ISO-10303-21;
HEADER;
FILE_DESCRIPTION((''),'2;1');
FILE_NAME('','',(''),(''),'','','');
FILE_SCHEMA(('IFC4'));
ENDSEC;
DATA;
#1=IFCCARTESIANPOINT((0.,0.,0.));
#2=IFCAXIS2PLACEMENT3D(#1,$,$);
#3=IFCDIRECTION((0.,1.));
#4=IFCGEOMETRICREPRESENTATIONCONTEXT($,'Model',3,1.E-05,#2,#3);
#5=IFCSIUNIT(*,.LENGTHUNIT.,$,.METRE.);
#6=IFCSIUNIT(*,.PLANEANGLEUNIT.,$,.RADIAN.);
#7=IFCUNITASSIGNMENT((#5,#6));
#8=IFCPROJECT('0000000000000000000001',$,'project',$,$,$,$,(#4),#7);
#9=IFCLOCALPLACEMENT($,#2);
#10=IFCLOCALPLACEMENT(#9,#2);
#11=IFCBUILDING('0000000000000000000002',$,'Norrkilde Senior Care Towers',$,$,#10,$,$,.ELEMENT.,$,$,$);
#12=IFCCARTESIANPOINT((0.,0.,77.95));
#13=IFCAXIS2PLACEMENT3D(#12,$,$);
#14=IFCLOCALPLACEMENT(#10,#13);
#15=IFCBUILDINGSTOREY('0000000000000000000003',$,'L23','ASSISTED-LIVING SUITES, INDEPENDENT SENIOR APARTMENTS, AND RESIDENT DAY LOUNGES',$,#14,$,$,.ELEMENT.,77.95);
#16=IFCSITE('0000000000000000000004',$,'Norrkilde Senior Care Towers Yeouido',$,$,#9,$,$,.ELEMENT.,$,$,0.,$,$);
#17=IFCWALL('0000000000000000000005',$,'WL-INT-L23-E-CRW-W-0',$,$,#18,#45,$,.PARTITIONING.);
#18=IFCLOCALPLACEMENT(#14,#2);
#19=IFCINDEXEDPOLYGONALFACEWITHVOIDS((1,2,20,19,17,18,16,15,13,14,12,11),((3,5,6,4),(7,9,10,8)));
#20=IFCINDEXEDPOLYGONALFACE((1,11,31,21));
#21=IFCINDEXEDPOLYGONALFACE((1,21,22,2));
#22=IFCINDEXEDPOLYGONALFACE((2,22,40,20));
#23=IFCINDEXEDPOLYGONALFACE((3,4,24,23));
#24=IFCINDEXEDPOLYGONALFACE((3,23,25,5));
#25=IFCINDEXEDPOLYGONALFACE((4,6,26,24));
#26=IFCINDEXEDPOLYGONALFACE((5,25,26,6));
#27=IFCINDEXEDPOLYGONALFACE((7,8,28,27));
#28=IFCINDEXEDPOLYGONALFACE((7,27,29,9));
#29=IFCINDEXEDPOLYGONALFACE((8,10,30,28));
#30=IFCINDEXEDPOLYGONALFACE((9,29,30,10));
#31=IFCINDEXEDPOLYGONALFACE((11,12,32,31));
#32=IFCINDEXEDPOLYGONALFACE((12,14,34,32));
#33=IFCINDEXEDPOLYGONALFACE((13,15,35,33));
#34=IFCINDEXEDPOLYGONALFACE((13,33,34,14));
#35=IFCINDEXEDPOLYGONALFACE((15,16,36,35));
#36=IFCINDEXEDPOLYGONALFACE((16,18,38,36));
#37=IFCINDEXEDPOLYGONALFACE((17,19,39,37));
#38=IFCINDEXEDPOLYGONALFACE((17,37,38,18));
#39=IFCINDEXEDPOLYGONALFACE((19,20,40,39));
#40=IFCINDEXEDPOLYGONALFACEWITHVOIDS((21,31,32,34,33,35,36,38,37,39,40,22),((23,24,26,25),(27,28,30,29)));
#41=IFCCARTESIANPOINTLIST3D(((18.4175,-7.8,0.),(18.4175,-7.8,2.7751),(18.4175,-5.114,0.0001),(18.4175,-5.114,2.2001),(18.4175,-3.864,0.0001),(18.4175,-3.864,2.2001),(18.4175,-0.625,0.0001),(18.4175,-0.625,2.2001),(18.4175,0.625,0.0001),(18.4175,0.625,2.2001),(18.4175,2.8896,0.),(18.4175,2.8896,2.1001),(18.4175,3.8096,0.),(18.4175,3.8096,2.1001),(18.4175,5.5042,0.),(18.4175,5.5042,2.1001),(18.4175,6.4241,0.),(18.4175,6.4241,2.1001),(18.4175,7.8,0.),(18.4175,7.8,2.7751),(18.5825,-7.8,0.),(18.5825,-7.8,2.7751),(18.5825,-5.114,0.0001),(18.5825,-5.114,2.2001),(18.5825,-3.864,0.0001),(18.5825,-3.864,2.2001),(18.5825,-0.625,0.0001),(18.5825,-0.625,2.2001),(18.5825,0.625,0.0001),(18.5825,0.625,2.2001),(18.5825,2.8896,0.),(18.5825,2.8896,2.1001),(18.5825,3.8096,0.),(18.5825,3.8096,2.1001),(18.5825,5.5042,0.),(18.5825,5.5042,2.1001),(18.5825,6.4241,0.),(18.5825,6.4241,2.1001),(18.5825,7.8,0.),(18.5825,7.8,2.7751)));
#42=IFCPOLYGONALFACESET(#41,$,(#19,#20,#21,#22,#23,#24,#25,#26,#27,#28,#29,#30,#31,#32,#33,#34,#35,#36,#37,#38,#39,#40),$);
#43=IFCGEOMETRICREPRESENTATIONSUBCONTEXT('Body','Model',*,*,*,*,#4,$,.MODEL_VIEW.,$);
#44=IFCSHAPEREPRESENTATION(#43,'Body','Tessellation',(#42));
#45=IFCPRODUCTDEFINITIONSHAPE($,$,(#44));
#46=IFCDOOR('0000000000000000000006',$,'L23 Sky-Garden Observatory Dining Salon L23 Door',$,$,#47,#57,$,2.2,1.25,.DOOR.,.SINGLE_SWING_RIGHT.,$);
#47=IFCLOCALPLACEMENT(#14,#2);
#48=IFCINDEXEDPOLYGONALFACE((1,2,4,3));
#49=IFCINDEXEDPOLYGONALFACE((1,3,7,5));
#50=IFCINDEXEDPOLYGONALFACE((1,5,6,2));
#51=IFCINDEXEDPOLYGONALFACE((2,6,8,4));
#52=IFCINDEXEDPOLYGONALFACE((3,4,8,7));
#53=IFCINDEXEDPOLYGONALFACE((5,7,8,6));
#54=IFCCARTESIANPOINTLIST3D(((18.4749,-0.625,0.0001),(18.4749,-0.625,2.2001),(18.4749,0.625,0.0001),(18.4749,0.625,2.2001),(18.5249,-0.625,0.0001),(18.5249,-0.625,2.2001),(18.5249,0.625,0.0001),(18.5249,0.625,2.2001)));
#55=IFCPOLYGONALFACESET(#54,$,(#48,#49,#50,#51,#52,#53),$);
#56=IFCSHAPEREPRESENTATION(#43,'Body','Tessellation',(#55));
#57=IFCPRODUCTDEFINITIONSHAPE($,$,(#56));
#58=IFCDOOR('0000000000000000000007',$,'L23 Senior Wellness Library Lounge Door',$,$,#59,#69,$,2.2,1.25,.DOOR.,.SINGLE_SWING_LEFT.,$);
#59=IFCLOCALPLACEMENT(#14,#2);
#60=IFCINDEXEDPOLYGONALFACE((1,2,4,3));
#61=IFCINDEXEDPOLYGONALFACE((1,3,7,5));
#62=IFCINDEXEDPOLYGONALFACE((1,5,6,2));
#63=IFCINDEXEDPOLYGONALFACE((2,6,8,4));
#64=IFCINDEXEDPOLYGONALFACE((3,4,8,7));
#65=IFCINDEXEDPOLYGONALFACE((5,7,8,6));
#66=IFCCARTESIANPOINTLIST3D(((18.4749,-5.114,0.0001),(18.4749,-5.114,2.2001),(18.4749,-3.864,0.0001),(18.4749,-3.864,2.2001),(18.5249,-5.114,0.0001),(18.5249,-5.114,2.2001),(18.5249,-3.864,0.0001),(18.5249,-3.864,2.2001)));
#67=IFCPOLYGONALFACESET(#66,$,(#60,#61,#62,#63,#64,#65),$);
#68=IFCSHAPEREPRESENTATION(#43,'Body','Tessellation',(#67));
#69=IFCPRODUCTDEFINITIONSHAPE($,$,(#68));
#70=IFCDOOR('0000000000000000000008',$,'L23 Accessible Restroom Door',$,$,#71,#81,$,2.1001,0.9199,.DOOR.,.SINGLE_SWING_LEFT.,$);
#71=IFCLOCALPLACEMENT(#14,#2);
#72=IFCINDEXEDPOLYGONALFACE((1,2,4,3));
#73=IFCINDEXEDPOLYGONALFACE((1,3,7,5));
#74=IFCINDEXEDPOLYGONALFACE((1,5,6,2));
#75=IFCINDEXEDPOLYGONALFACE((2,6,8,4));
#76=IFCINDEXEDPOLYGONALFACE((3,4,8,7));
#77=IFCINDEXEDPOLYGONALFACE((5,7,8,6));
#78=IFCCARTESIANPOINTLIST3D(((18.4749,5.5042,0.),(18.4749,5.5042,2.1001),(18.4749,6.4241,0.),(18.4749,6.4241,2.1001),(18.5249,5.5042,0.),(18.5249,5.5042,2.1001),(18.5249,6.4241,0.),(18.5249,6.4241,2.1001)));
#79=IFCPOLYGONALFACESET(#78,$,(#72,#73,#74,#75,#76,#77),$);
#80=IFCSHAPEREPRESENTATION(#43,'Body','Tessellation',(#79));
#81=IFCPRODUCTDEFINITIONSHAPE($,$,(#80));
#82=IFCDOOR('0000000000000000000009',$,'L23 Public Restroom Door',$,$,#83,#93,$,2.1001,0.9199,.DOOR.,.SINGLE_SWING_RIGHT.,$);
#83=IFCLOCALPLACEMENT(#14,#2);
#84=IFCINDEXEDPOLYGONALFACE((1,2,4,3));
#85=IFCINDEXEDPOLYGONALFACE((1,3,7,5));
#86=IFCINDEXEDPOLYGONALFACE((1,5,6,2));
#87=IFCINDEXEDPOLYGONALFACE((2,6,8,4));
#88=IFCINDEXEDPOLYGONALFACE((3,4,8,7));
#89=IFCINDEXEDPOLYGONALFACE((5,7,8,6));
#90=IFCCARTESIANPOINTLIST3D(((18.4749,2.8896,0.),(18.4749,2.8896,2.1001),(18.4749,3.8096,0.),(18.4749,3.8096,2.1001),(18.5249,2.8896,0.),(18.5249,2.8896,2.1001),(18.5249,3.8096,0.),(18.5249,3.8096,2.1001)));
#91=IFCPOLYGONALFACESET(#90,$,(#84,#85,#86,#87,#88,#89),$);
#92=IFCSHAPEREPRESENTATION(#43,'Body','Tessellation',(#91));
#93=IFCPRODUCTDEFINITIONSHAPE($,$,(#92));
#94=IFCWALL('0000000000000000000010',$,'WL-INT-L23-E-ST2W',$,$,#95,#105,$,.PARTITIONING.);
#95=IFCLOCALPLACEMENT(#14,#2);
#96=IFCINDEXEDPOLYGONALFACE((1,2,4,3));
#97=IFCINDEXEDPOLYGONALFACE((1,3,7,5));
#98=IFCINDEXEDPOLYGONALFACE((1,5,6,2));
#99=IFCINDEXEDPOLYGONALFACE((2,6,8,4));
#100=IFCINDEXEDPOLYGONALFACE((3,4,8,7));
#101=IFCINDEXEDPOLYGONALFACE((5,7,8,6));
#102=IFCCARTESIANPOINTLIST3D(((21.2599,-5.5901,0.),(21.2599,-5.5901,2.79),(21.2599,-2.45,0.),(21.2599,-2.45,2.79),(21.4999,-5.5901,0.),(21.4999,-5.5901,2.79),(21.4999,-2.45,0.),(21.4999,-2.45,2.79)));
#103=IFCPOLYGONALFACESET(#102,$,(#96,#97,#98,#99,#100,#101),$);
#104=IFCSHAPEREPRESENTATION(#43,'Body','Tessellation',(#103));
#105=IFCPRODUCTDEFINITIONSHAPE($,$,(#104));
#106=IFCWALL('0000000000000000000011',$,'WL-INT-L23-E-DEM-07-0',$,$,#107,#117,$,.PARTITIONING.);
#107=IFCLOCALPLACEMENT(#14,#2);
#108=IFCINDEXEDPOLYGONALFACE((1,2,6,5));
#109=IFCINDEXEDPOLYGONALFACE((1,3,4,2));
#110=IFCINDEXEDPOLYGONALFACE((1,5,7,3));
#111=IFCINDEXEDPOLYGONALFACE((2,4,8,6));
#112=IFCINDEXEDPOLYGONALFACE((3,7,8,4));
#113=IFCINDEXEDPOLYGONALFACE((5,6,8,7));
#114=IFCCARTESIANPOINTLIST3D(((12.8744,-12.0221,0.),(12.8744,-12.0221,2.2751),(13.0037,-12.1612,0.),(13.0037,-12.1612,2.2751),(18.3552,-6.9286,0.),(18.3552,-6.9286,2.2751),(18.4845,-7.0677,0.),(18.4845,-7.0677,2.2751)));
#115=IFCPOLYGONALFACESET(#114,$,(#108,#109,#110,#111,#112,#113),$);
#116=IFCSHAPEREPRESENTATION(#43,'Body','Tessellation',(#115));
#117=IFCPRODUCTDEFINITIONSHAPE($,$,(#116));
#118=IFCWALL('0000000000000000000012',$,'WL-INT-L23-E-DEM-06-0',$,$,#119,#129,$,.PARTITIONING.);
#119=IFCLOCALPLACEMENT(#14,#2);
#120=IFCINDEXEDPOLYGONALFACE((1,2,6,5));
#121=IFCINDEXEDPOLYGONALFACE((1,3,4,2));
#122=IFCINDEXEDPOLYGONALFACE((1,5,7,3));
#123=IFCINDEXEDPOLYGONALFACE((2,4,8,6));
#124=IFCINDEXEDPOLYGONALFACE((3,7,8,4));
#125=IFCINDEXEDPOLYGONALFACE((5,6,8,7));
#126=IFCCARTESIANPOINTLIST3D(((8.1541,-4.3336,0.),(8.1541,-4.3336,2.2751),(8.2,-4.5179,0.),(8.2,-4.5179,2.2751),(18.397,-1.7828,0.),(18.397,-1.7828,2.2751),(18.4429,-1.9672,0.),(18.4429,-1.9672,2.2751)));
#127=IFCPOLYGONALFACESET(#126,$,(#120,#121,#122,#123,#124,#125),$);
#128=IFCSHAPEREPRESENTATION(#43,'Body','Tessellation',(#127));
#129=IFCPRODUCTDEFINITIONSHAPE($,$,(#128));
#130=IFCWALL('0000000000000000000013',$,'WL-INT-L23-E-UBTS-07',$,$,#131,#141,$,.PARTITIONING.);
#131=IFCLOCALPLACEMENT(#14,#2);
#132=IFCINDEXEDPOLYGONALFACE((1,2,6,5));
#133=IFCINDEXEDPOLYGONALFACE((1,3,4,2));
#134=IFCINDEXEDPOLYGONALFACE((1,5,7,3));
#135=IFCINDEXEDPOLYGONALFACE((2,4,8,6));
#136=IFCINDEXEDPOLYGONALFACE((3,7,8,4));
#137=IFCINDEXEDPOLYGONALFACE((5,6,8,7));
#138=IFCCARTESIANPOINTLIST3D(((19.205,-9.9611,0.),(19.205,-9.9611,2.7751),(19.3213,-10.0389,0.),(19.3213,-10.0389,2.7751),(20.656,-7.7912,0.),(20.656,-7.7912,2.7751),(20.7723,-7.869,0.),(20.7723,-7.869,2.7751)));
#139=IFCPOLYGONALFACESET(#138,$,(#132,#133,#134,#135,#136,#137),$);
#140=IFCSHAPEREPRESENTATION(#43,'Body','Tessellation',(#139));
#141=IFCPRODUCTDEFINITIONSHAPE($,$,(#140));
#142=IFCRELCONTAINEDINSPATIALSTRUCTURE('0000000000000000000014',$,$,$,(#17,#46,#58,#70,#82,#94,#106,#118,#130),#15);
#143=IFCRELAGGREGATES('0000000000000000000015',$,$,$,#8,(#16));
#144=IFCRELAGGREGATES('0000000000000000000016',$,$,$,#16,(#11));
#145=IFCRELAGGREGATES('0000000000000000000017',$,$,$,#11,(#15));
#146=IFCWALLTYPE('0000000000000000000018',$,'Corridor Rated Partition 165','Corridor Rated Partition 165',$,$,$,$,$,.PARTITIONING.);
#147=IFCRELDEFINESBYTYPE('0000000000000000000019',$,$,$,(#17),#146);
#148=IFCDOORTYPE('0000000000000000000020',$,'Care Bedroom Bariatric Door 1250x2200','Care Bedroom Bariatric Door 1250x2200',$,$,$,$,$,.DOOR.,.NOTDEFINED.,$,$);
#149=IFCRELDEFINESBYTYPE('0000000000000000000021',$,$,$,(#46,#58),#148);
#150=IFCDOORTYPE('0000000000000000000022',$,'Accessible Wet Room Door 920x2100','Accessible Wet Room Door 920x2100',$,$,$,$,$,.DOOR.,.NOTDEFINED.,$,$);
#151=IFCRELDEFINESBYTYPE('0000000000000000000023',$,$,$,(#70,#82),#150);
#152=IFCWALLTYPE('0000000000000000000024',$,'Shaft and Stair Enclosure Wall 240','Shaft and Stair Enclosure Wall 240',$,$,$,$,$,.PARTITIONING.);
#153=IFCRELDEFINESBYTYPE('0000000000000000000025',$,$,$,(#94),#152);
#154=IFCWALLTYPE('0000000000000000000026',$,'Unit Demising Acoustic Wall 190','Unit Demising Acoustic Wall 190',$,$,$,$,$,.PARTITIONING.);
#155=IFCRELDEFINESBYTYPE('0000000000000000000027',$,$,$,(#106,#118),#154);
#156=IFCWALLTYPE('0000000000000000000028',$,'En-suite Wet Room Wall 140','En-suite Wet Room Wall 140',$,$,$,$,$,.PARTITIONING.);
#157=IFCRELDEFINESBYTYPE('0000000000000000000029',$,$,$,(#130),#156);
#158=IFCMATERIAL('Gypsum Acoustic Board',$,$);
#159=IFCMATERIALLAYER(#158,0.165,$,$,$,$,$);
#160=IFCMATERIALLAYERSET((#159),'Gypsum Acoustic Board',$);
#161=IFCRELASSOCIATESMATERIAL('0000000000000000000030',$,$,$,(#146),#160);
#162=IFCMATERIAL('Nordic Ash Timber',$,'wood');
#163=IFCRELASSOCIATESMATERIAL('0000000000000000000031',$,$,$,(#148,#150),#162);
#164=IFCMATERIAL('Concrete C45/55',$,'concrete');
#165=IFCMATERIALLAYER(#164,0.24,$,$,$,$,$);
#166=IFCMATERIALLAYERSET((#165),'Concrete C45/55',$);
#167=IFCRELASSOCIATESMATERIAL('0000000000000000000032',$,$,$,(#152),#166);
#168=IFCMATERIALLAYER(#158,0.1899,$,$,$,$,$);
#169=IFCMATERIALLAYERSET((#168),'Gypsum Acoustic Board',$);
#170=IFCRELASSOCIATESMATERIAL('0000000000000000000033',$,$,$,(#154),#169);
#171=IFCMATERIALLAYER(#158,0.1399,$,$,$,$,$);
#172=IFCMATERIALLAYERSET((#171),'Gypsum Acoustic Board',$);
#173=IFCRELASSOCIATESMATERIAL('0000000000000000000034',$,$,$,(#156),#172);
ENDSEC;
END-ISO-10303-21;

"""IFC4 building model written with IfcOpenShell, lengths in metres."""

from ifc_helpers import new_model, si_unit, direction, frame, frame_2d, origin, place, context, subcontext, project, spatial, rectangle, extrude, source, transform, mapped, material, layer, layer_set, type_object, type_shapes, element, fill, save


model = new_model("IFC4")

# Units and contexts
model_context = context("Model", 3, precision=1e-05, world=origin(), true_north=direction((0.0, 1.0)))
body_context = subcontext(model_context, "Body", "Model", "MODEL_VIEW")
ifc_project = project(units=[si_unit("LENGTHUNIT", "METRE"), si_unit("PLANEANGLEUNIT", "RADIAN")], contexts=[model_context])

# Site, building, storey
site_placement = place(None, origin())
site = spatial("IfcSite", under=ifc_project, at=site_placement, Name="Norrkilde Senior Care Towers Yeouido", CompositionType="ELEMENT", RefElevation=0.0)
building_placement = place(site_placement, origin())
building = spatial("IfcBuilding", under=site, at=building_placement, Name="Norrkilde Senior Care Towers", CompositionType="ELEMENT")
storey_placement = place(building_placement, frame((0.0, 0.0, 77.95)))
storey = spatial("IfcBuildingStorey", under=building, at=storey_placement, Name="L23", Description="ASSISTED-LIVING SUITES, INDEPENDENT SENIOR APARTMENTS, AND RESIDENT DAY LOUNGES", CompositionType="ELEMENT", Elevation=77.95)

# Wall, openings, doors
ifc_material_1 = material(Name="Concrete C45/55", Category="concrete")
ifc_material_2 = material(Name="Gypsum Acoustic Board")
ifc_layer_1 = layer(ifc_material_2, 0.165)
ifc_layer_set_1 = layer_set([ifc_layer_1], Name="Gypsum Acoustic Board")
wall_type_1 = type_object("IfcWallType", Name="Corridor Rated Partition 165", Description="Corridor Rated Partition 165", PredefinedType="PARTITIONING", material=ifc_layer_set_1)
shared_shape_1 = source(origin(), body_context, "Body", "SweptSolid", [
    extrude(rectangle(XDim=15.6001, YDim=0.165, at=frame_2d((7.8, 0.0))), origin(), (0.0, 0.0, 1.0), 2.7751),
])
type_shapes(wall_type_1, [shared_shape_1])
wall_1_placement = place(storey_placement, frame((18.5, -7.8, 0.0), z_axis=(0.0, 0.0, 1.0), x_axis=(0.0, 1.0, 0.0)))
wall_1 = element("IfcWall", 1, at=wall_1_placement, inside=storey, type_object=wall_type_1, Name="WL-INT-L23-E-CRW-W-0", PredefinedType="PARTITIONING", context=body_context, shape_type="MappedRepresentation", body=[
    mapped(shared_shape_1, transform((0.0, 0.0, 0.0), x_axis=(1.0, 0.0, 0.0), y_axis=(0.0, 1.0, 0.0), z_axis=(0.0, 0.0, 1.0), scale=1.0)),
])
opening_1_placement = place(wall_1_placement, frame((13.3042, 0.0, 0.0)))
opening_1 = element("IfcOpeningElement", 2, at=opening_1_placement, cuts=wall_1, PredefinedType="OPENING", context=body_context, shape_type="SweptSolid", body=[
    extrude(rectangle(XDim=0.9199, YDim=2.1001, at=frame_2d((0.46, 1.05))), frame((0.0, 0.0925, 0.0), z_axis=(0.0, -1.0, 0.0), x_axis=(1.0, 0.0, 0.0)), (0.0, 0.0, 1.0), 0.1851),
])
opening_2_placement = place(wall_1_placement, frame((10.6897, 0.0, 0.0)))
opening_2 = element("IfcOpeningElement", 3, at=opening_2_placement, cuts=wall_1, PredefinedType="OPENING", context=body_context, shape_type="SweptSolid", body=[
    extrude(rectangle(XDim=0.9199, YDim=2.1001, at=frame_2d((0.46, 1.05))), frame((0.0, 0.0925, 0.0), z_axis=(0.0, -1.0, 0.0), x_axis=(1.0, 0.0, 0.0)), (0.0, 0.0, 1.0), 0.1851),
])
opening_3_placement = place(wall_1_placement, frame((7.175, 0.0, 0.0)))
opening_3 = element("IfcOpeningElement", 4, at=opening_3_placement, cuts=wall_1, PredefinedType="OPENING", context=body_context, shape_type="SweptSolid", body=[
    extrude(rectangle(XDim=1.25, YDim=2.2, at=frame_2d((0.625, 1.1001))), frame((0.0, 0.0925, 0.0), z_axis=(0.0, -1.0, 0.0), x_axis=(1.0, 0.0, 0.0)), (0.0, 0.0, 1.0), 0.1851),
])
opening_4_placement = place(wall_1_placement, frame((2.686, 0.0, 0.0)))
opening_4 = element("IfcOpeningElement", 5, at=opening_4_placement, cuts=wall_1, PredefinedType="OPENING", context=body_context, shape_type="SweptSolid", body=[
    extrude(rectangle(XDim=1.25, YDim=2.2, at=frame_2d((0.625, 1.1001))), frame((0.0, 0.0925, 0.0), z_axis=(0.0, -1.0, 0.0), x_axis=(1.0, 0.0, 0.0)), (0.0, 0.0, 1.0), 0.1851),
])
ifc_material_3 = material(Name="Nordic Ash Timber", Category="wood")
door_type_1 = type_object("IfcDoorType", Name="Care Bedroom Bariatric Door 1250x2200", Description="Care Bedroom Bariatric Door 1250x2200", OperationType="NOTDEFINED", PredefinedType="DOOR", material=ifc_material_3)
shared_shape_2 = source(origin(), body_context, "Body", "SweptSolid", [
    extrude(rectangle(XDim=1.25, YDim=2.2, at=frame_2d((0.625, 1.1001))), frame((0.0, 0.0249, 0.0), z_axis=(0.0, -1.0, 0.0), x_axis=(1.0, 0.0, 0.0)), (0.0, 0.0, 1.0), 0.05),
])
type_shapes(door_type_1, [shared_shape_2])
door_1_placement = place(opening_3_placement, frame((1.25, 0.0, 0.0), z_axis=(0.0, 0.0, 1.0), x_axis=(-1.0, 0.0, 0.0)))
door_1 = element("IfcDoor", 6, at=door_1_placement, inside=storey, type_object=door_type_1, Name="L23 Sky-Garden Observatory Dining Salon L23 Door", OperationType="SINGLE_SWING_RIGHT", OverallHeight=2.2, OverallWidth=1.25, PredefinedType="DOOR", context=body_context, shape_type="MappedRepresentation", body=[
    mapped(shared_shape_2, transform((0.0, 0.0, 0.0), x_axis=(1.0, 0.0, 0.0), y_axis=(0.0, 1.0, 0.0), z_axis=(0.0, 0.0, 1.0), scale=1.0)),
])
fill(opening_3, door_1)
door_2_placement = place(opening_4_placement, frame((1.25, 0.0, 0.0), z_axis=(0.0, 0.0, 1.0), x_axis=(-1.0, 0.0, 0.0)))
door_2 = element("IfcDoor", 7, at=door_2_placement, inside=storey, type_object=door_type_1, Name="L23 Senior Wellness Library Lounge Door", OperationType="SINGLE_SWING_LEFT", OverallHeight=2.2, OverallWidth=1.25, PredefinedType="DOOR", context=body_context, shape_type="MappedRepresentation", body=[
    mapped(shared_shape_2, transform((0.0, 0.0, 0.0), x_axis=(1.0, 0.0, 0.0), y_axis=(0.0, 1.0, 0.0), z_axis=(0.0, 0.0, 1.0), scale=1.0)),
])
fill(opening_4, door_2)
door_type_2 = type_object("IfcDoorType", Name="Accessible Wet Room Door 920x2100", Description="Accessible Wet Room Door 920x2100", OperationType="NOTDEFINED", PredefinedType="DOOR", material=ifc_material_3)
shared_shape_3 = source(origin(), body_context, "Body", "SweptSolid", [
    extrude(rectangle(XDim=0.9199, YDim=2.1001, at=frame_2d((0.46, 1.05))), frame((0.0, 0.0249, 0.0), z_axis=(0.0, -1.0, 0.0), x_axis=(1.0, 0.0, 0.0)), (0.0, 0.0, 1.0), 0.05),
])
type_shapes(door_type_2, [shared_shape_3])
door_3_placement = place(opening_1_placement, frame((0.9199, 0.0, 0.0), z_axis=(0.0, 0.0, 1.0), x_axis=(-1.0, 0.0, 0.0)))
door_3 = element("IfcDoor", 8, at=door_3_placement, inside=storey, type_object=door_type_2, Name="L23 Accessible Restroom Door", OperationType="SINGLE_SWING_LEFT", OverallHeight=2.1001, OverallWidth=0.9199, PredefinedType="DOOR", context=body_context, shape_type="MappedRepresentation", body=[
    mapped(shared_shape_3, transform((0.0, 0.0, 0.0), x_axis=(1.0, 0.0, 0.0), y_axis=(0.0, 1.0, 0.0), z_axis=(0.0, 0.0, 1.0), scale=1.0)),
])
fill(opening_1, door_3)
door_4_placement = place(opening_2_placement, frame((0.9199, 0.0, 0.0), z_axis=(0.0, 0.0, 1.0), x_axis=(-1.0, 0.0, 0.0)))
door_4 = element("IfcDoor", 9, at=door_4_placement, inside=storey, type_object=door_type_2, Name="L23 Public Restroom Door", OperationType="SINGLE_SWING_RIGHT", OverallHeight=2.1001, OverallWidth=0.9199, PredefinedType="DOOR", context=body_context, shape_type="MappedRepresentation", body=[
    mapped(shared_shape_3, transform((0.0, 0.0, 0.0), x_axis=(1.0, 0.0, 0.0), y_axis=(0.0, 1.0, 0.0), z_axis=(0.0, 0.0, 1.0), scale=1.0)),
])
fill(opening_2, door_4)

# Shared definitions
ifc_layer_2 = layer(ifc_material_1, 0.24)
ifc_layer_set_2 = layer_set([ifc_layer_2], Name="Concrete C45/55")
wall_type_2 = type_object("IfcWallType", Name="Shaft and Stair Enclosure Wall 240", Description="Shaft and Stair Enclosure Wall 240", PredefinedType="PARTITIONING", material=ifc_layer_set_2)

# Walls
shared_shape_4 = source(origin(), body_context, "Body", "SweptSolid", [
    extrude(rectangle(XDim=3.1401, YDim=0.24, at=frame_2d((1.5701, 0.0))), origin(), (0.0, 0.0, 1.0), 2.79),
])
wall_2_placement = place(storey_placement, frame((21.3799, -5.5901, 0.0), z_axis=(0.0, 0.0, 1.0), x_axis=(0.0, 1.0, 0.0)))
element("IfcWall", 10, at=wall_2_placement, inside=storey, type_object=wall_type_2, Name="WL-INT-L23-E-ST2W", PredefinedType="PARTITIONING", context=body_context, shape_type="MappedRepresentation", body=[
    mapped(shared_shape_4, transform((0.0, 0.0, 0.0), x_axis=(1.0, 0.0, 0.0), y_axis=(0.0, 1.0, 0.0), z_axis=(0.0, 0.0, 1.0), scale=1.0)),
])
ifc_layer_3 = layer(ifc_material_2, 0.1899)
ifc_layer_set_3 = layer_set([ifc_layer_3], Name="Gypsum Acoustic Board")
wall_type_3 = type_object("IfcWallType", Name="Unit Demising Acoustic Wall 190", Description="Unit Demising Acoustic Wall 190", PredefinedType="PARTITIONING", material=ifc_layer_set_3)
shared_shape_5 = source(origin(), body_context, "Body", "SweptSolid", [
    extrude(rectangle(XDim=7.4822, YDim=0.1899, at=frame_2d((3.7412, 0.0))), origin(), (0.0, 0.0, 1.0), 2.2751),
])
wall_3_placement = place(storey_placement, frame((18.4199, -6.998, 0.0), z_axis=(0.0, 0.0, 1.0), x_axis=(-0.732509, -0.680758, 0.0)))
element("IfcWall", 11, at=wall_3_placement, inside=storey, type_object=wall_type_3, Name="WL-INT-L23-E-DEM-07-0", PredefinedType="PARTITIONING", context=body_context, shape_type="MappedRepresentation", body=[
    mapped(shared_shape_5, transform((0.0, 0.0, 0.0), x_axis=(1.0, 0.0, 0.0), y_axis=(0.0, 1.0, 0.0), z_axis=(0.0, 0.0, 1.0), scale=1.0)),
])
shared_shape_6 = source(origin(), body_context, "Body", "SweptSolid", [
    extrude(rectangle(XDim=10.5557, YDim=0.1899, at=frame_2d((5.2778, 0.0))), origin(), (0.0, 0.0, 1.0), 2.2751),
])
type_shapes(wall_type_3, [shared_shape_5, shared_shape_6])
wall_4_placement = place(storey_placement, frame((18.4199, -1.875, 0.0), z_axis=(0.0, 0.0, 1.0), x_axis=(-0.970364, -0.241648, 0.0)))
element("IfcWall", 12, at=wall_4_placement, inside=storey, type_object=wall_type_3, Name="WL-INT-L23-E-DEM-06-0", PredefinedType="PARTITIONING", context=body_context, shape_type="MappedRepresentation", body=[
    mapped(shared_shape_6, transform((0.0, 0.0, 0.0), x_axis=(1.0, 0.0, 0.0), y_axis=(0.0, 1.0, 0.0), z_axis=(0.0, 0.0, 1.0), scale=1.0)),
])
ifc_layer_4 = layer(ifc_material_2, 0.1399)
ifc_layer_set_4 = layer_set([ifc_layer_4], Name="Gypsum Acoustic Board")
wall_type_4 = type_object("IfcWallType", Name="En-suite Wet Room Wall 140", Description="En-suite Wet Room Wall 140", PredefinedType="PARTITIONING", material=ifc_layer_set_4)
shared_shape_7 = source(origin(), body_context, "Body", "SweptSolid", [
    extrude(rectangle(XDim=2.6104, YDim=0.1399, at=frame_2d((1.3052, 0.0))), origin(), (0.0, 0.0, 1.0), 2.7751),
])
type_shapes(wall_type_4, [shared_shape_7])
wall_5_placement = place(storey_placement, frame((20.7141, -7.8301, 0.0), z_axis=(0.0, 0.0, 1.0), x_axis=(-0.555844, -0.831287, 0.0)))
element("IfcWall", 13, at=wall_5_placement, inside=storey, type_object=wall_type_4, Name="WL-INT-L23-E-UBTS-07", PredefinedType="PARTITIONING", context=body_context, shape_type="MappedRepresentation", body=[
    mapped(shared_shape_7, transform((0.0, 0.0, 0.0), x_axis=(1.0, 0.0, 0.0), y_axis=(0.0, 1.0, 0.0), z_axis=(0.0, 0.0, 1.0), scale=1.0)),
])

save(model, "model.ifc")
